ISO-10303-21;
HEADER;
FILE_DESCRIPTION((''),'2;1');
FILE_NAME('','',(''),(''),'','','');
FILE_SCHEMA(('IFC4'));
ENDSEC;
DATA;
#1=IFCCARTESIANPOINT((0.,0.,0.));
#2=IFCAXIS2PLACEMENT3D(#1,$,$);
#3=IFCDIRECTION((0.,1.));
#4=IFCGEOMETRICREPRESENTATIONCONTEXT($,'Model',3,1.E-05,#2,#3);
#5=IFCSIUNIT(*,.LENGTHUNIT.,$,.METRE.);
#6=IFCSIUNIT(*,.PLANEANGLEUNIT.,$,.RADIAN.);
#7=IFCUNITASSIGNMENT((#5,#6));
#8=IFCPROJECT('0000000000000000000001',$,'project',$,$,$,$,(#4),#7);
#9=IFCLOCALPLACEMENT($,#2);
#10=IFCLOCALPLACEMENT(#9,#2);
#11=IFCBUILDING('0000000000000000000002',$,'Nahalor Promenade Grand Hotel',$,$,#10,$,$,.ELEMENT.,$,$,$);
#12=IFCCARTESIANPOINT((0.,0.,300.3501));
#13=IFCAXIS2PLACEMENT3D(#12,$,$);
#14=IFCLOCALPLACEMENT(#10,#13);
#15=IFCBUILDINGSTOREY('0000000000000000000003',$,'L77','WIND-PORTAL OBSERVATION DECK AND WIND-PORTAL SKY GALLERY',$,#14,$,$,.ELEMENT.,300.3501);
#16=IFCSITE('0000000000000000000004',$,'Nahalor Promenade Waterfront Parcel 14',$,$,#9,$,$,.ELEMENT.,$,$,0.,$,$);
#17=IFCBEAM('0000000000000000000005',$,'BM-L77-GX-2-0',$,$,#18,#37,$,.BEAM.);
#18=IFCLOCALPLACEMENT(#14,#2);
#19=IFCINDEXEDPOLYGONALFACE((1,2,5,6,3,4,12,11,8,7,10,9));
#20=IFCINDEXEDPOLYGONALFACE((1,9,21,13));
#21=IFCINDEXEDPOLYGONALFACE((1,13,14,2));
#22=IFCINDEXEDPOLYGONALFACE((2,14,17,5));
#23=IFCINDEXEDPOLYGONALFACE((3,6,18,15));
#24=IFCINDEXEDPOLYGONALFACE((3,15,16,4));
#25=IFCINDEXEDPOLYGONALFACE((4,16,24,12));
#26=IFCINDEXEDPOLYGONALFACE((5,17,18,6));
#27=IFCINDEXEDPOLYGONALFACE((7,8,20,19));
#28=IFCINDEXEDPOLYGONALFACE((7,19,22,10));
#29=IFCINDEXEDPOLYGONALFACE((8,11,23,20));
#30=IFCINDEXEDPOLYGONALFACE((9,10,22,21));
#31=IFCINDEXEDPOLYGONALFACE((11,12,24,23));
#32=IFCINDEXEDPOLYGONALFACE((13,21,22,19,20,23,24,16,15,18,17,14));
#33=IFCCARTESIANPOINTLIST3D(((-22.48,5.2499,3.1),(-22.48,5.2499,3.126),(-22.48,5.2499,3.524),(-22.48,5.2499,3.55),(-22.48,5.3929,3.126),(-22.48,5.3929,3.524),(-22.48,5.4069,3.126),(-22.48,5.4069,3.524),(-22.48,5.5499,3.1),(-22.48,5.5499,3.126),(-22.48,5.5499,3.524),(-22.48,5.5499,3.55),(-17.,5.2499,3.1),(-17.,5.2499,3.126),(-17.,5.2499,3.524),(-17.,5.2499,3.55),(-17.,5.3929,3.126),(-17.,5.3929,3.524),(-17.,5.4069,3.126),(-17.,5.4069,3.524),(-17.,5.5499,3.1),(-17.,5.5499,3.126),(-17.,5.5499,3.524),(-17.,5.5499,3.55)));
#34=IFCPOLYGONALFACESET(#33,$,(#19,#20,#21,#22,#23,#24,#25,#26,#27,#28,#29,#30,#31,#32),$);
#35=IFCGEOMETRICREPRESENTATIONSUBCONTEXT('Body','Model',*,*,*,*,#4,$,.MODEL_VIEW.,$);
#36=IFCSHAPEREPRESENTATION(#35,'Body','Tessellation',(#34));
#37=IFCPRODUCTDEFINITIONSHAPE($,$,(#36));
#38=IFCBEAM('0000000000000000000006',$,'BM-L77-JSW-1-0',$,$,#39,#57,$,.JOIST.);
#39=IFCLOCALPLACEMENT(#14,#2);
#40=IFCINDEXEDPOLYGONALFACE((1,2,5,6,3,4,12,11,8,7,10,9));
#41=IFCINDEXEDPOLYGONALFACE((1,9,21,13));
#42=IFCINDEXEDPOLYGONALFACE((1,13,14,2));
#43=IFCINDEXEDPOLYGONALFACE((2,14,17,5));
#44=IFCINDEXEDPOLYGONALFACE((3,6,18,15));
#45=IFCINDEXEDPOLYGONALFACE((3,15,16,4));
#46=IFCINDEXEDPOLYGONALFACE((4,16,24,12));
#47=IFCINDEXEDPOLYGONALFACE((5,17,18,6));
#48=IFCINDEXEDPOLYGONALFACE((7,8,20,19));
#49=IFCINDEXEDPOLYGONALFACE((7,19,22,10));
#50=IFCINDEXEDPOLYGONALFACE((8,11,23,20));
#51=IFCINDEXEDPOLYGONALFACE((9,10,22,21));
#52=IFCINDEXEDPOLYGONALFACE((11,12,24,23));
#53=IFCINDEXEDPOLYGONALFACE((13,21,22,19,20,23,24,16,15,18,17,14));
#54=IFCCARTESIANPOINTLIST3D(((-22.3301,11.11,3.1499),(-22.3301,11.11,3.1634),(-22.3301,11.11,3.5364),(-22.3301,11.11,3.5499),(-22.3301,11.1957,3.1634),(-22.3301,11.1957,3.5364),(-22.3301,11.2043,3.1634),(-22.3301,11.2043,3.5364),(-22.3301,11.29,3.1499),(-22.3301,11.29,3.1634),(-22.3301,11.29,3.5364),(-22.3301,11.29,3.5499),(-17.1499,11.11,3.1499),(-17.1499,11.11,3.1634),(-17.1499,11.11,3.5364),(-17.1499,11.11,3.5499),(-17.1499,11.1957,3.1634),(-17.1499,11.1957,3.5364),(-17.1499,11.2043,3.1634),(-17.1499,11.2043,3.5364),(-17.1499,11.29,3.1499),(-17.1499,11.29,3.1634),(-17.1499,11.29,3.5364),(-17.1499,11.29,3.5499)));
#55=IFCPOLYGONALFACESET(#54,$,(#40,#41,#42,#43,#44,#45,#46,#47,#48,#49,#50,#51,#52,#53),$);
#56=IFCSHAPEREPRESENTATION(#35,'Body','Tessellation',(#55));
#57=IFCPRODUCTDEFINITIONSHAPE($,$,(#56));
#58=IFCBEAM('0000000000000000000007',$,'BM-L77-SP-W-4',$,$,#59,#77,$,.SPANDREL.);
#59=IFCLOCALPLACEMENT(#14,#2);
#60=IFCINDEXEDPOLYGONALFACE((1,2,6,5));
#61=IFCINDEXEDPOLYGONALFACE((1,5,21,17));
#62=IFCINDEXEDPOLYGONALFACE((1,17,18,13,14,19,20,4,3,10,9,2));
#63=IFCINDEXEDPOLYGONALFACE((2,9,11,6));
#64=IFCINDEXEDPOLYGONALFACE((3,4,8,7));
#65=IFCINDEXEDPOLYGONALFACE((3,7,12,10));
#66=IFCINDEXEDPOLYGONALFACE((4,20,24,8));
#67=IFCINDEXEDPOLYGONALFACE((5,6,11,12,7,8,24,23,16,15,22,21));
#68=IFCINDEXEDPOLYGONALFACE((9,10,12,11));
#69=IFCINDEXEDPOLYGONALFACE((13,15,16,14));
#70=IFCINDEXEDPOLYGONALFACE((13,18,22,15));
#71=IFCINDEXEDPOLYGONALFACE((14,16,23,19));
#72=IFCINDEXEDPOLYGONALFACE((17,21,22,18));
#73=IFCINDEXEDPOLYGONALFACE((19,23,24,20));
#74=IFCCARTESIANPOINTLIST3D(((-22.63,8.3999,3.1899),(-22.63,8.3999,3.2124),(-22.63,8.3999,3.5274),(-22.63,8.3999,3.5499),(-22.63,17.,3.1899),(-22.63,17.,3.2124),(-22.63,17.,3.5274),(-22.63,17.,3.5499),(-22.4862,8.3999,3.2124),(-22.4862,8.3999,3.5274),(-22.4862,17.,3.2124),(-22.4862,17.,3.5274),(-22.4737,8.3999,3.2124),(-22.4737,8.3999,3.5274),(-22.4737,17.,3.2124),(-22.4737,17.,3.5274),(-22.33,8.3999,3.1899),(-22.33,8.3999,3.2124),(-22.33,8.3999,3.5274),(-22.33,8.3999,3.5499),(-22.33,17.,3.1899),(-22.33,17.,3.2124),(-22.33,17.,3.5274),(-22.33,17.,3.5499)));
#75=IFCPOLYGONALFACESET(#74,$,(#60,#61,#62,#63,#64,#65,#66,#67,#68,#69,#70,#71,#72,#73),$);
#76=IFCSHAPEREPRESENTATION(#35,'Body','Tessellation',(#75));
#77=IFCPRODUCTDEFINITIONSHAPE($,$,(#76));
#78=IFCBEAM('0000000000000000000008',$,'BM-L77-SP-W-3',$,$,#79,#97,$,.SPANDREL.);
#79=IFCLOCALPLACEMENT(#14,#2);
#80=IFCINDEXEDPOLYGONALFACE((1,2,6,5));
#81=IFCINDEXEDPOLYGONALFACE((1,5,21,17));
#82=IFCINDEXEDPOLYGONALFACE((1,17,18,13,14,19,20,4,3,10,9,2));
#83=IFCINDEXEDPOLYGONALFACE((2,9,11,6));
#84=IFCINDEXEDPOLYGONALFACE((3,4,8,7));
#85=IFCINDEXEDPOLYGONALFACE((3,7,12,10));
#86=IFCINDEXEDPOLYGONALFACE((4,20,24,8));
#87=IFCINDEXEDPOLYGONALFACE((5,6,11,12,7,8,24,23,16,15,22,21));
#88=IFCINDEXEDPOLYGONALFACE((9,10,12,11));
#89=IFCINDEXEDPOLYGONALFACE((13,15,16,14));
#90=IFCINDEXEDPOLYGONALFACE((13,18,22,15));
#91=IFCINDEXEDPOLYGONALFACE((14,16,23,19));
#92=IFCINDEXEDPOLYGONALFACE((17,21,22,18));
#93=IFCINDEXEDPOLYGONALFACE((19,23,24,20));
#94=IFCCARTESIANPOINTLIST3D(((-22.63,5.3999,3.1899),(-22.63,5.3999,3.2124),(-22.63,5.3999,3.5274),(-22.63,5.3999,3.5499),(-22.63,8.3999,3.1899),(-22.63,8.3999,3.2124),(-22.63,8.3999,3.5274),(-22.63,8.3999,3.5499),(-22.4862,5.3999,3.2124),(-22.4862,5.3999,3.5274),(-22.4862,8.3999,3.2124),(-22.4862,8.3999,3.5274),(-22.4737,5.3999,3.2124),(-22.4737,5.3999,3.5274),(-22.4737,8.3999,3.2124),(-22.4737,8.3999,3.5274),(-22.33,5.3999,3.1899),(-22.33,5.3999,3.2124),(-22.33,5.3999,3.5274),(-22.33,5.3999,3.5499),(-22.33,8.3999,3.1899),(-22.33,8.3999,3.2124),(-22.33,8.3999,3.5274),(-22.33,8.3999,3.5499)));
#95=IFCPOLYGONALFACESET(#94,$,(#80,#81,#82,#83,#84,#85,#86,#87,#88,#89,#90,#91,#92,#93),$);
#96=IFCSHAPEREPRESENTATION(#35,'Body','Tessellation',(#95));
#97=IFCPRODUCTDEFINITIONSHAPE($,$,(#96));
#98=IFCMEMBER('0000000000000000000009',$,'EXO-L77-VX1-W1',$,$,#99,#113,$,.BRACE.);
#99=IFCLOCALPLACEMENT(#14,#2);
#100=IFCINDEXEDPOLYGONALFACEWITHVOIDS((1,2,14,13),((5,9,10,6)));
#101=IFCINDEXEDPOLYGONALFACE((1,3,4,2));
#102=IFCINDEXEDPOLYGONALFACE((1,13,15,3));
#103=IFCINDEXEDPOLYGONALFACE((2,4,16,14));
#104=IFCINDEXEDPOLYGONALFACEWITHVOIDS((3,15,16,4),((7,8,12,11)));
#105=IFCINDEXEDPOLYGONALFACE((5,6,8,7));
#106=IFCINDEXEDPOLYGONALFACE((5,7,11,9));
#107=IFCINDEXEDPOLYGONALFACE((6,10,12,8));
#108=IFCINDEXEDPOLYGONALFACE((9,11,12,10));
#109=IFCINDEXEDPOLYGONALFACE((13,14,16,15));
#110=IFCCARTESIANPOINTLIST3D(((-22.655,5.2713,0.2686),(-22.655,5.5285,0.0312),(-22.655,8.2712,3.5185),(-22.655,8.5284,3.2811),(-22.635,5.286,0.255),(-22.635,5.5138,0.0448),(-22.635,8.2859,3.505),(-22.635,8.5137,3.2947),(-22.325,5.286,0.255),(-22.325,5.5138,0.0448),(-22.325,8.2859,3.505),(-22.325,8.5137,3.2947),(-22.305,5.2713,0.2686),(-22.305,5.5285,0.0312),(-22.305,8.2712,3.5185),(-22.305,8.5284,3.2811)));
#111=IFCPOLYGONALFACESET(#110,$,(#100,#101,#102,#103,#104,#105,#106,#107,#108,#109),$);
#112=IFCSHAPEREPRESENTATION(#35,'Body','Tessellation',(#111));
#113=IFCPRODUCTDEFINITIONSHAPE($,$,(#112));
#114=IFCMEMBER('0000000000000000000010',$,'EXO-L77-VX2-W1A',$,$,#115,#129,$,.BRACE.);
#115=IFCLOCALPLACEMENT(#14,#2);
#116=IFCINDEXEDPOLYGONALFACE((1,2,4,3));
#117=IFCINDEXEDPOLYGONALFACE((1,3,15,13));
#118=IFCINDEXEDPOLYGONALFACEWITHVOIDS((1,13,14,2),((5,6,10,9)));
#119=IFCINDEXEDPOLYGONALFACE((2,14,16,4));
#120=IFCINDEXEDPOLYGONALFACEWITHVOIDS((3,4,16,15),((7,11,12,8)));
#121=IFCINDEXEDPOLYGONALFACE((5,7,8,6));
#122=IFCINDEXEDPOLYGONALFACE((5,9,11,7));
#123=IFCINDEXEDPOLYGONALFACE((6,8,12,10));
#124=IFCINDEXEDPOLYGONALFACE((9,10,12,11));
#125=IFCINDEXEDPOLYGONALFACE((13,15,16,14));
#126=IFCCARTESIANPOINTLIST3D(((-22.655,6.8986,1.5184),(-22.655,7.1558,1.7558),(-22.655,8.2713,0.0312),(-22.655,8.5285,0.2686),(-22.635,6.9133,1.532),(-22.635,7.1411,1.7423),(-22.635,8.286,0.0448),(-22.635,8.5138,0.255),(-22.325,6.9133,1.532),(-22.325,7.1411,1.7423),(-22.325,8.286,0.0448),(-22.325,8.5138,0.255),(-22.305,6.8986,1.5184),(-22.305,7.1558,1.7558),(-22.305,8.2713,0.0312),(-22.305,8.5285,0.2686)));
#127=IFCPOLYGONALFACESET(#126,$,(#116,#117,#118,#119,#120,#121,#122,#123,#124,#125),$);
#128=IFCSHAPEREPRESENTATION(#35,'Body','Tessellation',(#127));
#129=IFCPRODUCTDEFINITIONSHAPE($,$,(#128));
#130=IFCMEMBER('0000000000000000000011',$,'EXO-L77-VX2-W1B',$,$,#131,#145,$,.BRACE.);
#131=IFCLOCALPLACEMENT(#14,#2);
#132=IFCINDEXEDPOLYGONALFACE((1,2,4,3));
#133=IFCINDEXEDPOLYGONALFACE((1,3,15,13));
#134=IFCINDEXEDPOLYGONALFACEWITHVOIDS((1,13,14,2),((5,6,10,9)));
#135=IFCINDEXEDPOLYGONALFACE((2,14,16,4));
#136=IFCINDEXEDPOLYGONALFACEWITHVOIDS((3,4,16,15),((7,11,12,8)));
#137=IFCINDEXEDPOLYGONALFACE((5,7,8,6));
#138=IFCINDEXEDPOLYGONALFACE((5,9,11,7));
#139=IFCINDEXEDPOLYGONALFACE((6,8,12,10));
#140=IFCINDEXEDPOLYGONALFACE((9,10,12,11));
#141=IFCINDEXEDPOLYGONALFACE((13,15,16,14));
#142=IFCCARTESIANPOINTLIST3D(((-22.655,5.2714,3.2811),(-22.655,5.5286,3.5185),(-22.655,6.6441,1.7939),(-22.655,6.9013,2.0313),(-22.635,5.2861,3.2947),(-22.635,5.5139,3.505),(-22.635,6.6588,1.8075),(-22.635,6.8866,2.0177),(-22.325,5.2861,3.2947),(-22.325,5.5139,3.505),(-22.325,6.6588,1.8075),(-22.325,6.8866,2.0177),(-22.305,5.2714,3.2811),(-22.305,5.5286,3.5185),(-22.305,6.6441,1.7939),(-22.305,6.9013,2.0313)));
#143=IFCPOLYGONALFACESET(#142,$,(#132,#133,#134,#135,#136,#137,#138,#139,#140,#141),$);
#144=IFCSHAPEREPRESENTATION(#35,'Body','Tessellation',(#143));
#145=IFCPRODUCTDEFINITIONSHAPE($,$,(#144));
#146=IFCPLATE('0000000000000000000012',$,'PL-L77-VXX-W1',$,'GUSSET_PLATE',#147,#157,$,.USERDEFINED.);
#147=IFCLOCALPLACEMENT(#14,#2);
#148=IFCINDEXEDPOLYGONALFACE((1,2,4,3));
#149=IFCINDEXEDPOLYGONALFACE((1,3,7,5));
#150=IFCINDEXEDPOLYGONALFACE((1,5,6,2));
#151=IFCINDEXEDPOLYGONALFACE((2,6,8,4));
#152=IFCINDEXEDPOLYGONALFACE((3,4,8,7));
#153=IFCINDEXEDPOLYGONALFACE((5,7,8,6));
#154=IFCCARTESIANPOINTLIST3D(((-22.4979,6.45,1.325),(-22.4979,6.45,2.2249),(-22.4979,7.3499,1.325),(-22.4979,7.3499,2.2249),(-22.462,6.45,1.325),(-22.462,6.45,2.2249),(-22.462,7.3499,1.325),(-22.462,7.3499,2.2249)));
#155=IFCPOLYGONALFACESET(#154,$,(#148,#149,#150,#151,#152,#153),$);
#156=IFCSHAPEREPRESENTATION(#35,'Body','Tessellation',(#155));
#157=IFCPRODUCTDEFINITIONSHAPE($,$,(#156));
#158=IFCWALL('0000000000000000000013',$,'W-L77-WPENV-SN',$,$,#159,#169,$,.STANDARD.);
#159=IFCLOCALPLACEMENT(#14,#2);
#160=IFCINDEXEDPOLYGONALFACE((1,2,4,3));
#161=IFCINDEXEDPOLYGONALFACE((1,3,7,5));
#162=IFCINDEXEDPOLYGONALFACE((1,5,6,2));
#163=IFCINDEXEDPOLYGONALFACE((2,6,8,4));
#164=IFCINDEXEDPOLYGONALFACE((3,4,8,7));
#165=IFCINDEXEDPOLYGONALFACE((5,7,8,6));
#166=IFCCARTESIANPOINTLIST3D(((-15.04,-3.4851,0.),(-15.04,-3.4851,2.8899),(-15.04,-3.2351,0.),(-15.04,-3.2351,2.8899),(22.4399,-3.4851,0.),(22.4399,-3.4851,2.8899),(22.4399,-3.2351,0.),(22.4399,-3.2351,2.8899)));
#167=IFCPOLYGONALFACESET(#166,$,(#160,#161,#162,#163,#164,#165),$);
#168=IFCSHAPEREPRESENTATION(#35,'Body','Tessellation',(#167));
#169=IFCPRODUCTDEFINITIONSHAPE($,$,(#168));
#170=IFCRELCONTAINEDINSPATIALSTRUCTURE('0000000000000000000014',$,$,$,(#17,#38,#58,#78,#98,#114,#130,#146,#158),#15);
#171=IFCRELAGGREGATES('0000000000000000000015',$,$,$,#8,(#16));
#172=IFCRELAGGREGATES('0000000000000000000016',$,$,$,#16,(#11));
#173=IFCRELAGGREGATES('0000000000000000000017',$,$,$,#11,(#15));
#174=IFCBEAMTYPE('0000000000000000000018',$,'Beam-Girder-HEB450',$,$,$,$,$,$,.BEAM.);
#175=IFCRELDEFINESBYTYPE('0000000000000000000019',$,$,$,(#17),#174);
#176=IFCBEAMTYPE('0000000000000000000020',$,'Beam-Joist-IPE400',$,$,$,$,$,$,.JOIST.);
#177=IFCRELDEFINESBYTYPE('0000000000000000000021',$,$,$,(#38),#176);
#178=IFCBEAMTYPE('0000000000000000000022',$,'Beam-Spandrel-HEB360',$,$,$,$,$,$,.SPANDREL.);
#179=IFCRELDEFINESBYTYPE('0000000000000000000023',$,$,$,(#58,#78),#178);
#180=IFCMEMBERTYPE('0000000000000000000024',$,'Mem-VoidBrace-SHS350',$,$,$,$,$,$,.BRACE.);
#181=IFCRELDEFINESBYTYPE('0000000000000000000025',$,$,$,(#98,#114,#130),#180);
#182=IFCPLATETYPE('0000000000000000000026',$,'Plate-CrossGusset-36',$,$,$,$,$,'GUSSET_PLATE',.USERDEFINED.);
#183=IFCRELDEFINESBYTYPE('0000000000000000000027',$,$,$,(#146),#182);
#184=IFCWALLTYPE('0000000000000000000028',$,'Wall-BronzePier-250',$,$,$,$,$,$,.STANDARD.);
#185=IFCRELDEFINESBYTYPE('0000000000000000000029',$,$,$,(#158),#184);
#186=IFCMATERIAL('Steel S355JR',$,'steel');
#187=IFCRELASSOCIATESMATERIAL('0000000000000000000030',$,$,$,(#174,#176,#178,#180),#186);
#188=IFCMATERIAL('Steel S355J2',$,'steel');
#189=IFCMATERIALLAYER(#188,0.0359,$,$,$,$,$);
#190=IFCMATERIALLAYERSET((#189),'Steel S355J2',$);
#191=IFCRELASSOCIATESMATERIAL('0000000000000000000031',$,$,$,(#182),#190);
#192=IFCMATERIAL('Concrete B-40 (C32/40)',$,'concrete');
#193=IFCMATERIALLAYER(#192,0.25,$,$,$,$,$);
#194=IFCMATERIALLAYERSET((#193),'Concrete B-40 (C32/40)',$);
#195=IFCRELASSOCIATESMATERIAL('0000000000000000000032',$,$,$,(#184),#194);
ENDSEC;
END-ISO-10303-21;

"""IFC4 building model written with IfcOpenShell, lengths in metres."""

from ifc_helpers import new_model, si_unit, direction, frame, frame_2d, origin, origin_2d, place, context, subcontext, project, spatial, rectangle, hollow_rectangle, i_section, extrude, source, transform, mapped, material, layer, layer_set, material_profile, profile_set, type_object, element, save


model = new_model("IFC4")

# Units and contexts
model_context = context("Model", 3, precision=1e-05, world=origin(), true_north=direction((0.0, 1.0)))
body_context = subcontext(model_context, "Body", "Model", "MODEL_VIEW")
ifc_project = project(units=[si_unit("LENGTHUNIT", "METRE"), si_unit("PLANEANGLEUNIT", "RADIAN")], contexts=[model_context])

# Site, building, storey
site_placement = place(None, origin())
site = spatial("IfcSite", under=ifc_project, at=site_placement, Name="Nahalor Promenade Waterfront Parcel 14", CompositionType="ELEMENT", RefElevation=0.0)
building_placement = place(site_placement, origin())
building = spatial("IfcBuilding", under=site, at=building_placement, Name="Nahalor Promenade Grand Hotel", CompositionType="ELEMENT")
storey_placement = place(building_placement, frame((0.0, 0.0, 300.3501)))
storey = spatial("IfcBuildingStorey", under=building, at=storey_placement, Name="L77", Description="WIND-PORTAL OBSERVATION DECK AND WIND-PORTAL SKY GALLERY", CompositionType="ELEMENT", Elevation=300.3501)

# Shared definitions
ifc_material_1 = material(Name="Steel S355JR", Category="steel")

# Beams
ifc_material_profile_1 = material_profile(ifc_material_1, i_section(OverallWidth=0.3, OverallDepth=0.45, WebThickness=0.014, FlangeThickness=0.026, at=origin_2d()), Name="HEB 450")
ifc_profile_set_1 = profile_set([ifc_material_profile_1], Name="Steel S355JR")
beam_type_1 = type_object("IfcBeamType", Name="Beam-Girder-HEB450", PredefinedType="BEAM", material=ifc_profile_set_1)
ifc_material_profile_2 = material_profile(ifc_material_1, i_section(OverallWidth=0.18, OverallDepth=0.4, WebThickness=0.0086, FlangeThickness=0.0135, at=origin_2d()), Name="IPE 400")
ifc_profile_set_2 = profile_set([ifc_material_profile_2], Name="Steel S355JR")
beam_type_2 = type_object("IfcBeamType", Name="Beam-Joist-IPE400", PredefinedType="JOIST", material=ifc_profile_set_2)
shared_shape_1 = source(origin(), body_context, "Body", "SweptSolid", [
    extrude(i_section(OverallWidth=0.3, OverallDepth=0.45, WebThickness=0.014, FlangeThickness=0.026, at=origin_2d()), origin(), (0.0, 0.0, 1.0), 5.48),
])
beam_1_placement = place(storey_placement, frame((-22.48, 5.3999, 3.325), z_axis=(1.0, 0.0, 0.0), x_axis=(0.0, 1.0, 0.0)))
element("IfcBeam", 1, at=beam_1_placement, inside=storey, type_object=beam_type_1, Name="BM-L77-GX-2-0", PredefinedType="BEAM", context=body_context, shape_type="MappedRepresentation", body=[
    mapped(shared_shape_1, transform((0.0, 0.0, 0.0), scale=1.0)),
])
shared_shape_2 = source(origin(), body_context, "Body", "SweptSolid", [
    extrude(i_section(OverallWidth=0.18, OverallDepth=0.4, WebThickness=0.0086, FlangeThickness=0.0135, at=origin_2d()), origin(), (0.0, 0.0, 1.0), 5.1802),
])
beam_2_placement = place(storey_placement, frame((-22.3301, 11.2, 3.3499), z_axis=(1.0, 0.0, 0.0), x_axis=(0.0, 1.0, 0.0)))
element("IfcBeam", 2, at=beam_2_placement, inside=storey, type_object=beam_type_2, Name="BM-L77-JSW-1-0", PredefinedType="JOIST", context=body_context, shape_type="MappedRepresentation", body=[
    mapped(shared_shape_2, transform((0.0, 0.0, 0.0), scale=1.0)),
])
ifc_material_profile_3 = material_profile(ifc_material_1, i_section(OverallWidth=0.3, OverallDepth=0.36, WebThickness=0.0125, FlangeThickness=0.0225, at=origin_2d()), Name="HEB 360")
ifc_profile_set_3 = profile_set([ifc_material_profile_3], Name="Steel S355JR")
beam_type_3 = type_object("IfcBeamType", Name="Beam-Spandrel-HEB360", PredefinedType="SPANDREL", material=ifc_profile_set_3)
shared_shape_3 = source(origin(), body_context, "Body", "SweptSolid", [
    extrude(i_section(OverallWidth=0.3, OverallDepth=0.36, WebThickness=0.0125, FlangeThickness=0.0225, at=origin_2d()), origin(), (0.0, 0.0, 1.0), 8.6001),
])
beam_3_placement = place(storey_placement, frame((-22.48, 8.3999, 3.3699), z_axis=(0.0, 1.0, 0.0), x_axis=(-1.0, 0.0, 0.0)))
element("IfcBeam", 3, at=beam_3_placement, inside=storey, type_object=beam_type_3, Name="BM-L77-SP-W-4", PredefinedType="SPANDREL", context=body_context, shape_type="MappedRepresentation", body=[
    mapped(shared_shape_3, transform((0.0, 0.0, 0.0), scale=1.0)),
])
shared_shape_4 = source(origin(), body_context, "Body", "SweptSolid", [
    extrude(i_section(OverallWidth=0.3, OverallDepth=0.36, WebThickness=0.0125, FlangeThickness=0.0225, at=origin_2d()), origin(), (0.0, 0.0, 1.0), 3.0),
])
beam_4_placement = place(storey_placement, frame((-22.48, 5.3999, 3.3699), z_axis=(0.0, 1.0, 0.0), x_axis=(-1.0, 0.0, 0.0)))
element("IfcBeam", 4, at=beam_4_placement, inside=storey, type_object=beam_type_3, Name="BM-L77-SP-W-3", PredefinedType="SPANDREL", context=body_context, shape_type="MappedRepresentation", body=[
    mapped(shared_shape_4, transform((0.0, 0.0, 0.0), scale=1.0)),
])

# Members
ifc_material_profile_4 = material_profile(ifc_material_1, hollow_rectangle(XDim=0.35, YDim=0.35, WallThickness=0.02, at=origin_2d()), Name="SHS 350x350x20")
ifc_profile_set_4 = profile_set([ifc_material_profile_4], Name="Steel S355JR")
member_type = type_object("IfcMemberType", Name="Mem-VoidBrace-SHS350", PredefinedType="BRACE", material=ifc_profile_set_4)
shared_shape_5 = source(origin(), body_context, "Body", "SweptSolid", [
    extrude(hollow_rectangle(XDim=0.35, YDim=0.35, WallThickness=0.02, at=origin_2d()), origin(), (0.0, 0.0, 1.0), 4.4229),
])
member_placement = place(storey_placement, frame((-22.48, 5.3999, 0.1499), z_axis=(0.0, 0.67828, 0.734803), x_axis=(-1.0, 0.0, 0.0)))
element("IfcMember", 5, at=member_placement, inside=storey, type_object=member_type, Name="EXO-L77-VX1-W1", PredefinedType="BRACE", context=body_context, shape_type="MappedRepresentation", body=[
    mapped(shared_shape_5, transform((0.0, 0.0, 0.0), scale=1.0)),
])
shared_shape_6 = source(origin(), body_context, "Body", "SweptSolid", [
    extrude(hollow_rectangle(XDim=0.35, YDim=0.35, WallThickness=0.02, at=origin_2d()), origin(), (0.0, 0.0, 1.0), 2.0239),
])
for number, where, z_axis, x_axis, name in (
    (6, (-22.48, 8.3999, 0.1499), (0.0, -0.678255, 0.734827), (1.0, 0.0, 0.0), "EXO-L77-VX2-W1A"),
    (7, (-22.48, 6.7727, 1.9126), (0.0, -0.678255, 0.734827), (1.0, 0.0, 0.0), "EXO-L77-VX2-W1B"),
):
    element("IfcMember", number, at=place(storey_placement, frame(where, z_axis=z_axis, x_axis=x_axis)), inside=storey, type_object=member_type, Name=name, PredefinedType="BRACE", context=body_context, shape_type="MappedRepresentation", body=[
        mapped(shared_shape_6, transform((0.0, 0.0, 0.0), scale=1.0)),
    ])

# Plate
ifc_material_2 = material(Name="Steel S355J2", Category="steel")
ifc_layer_1 = layer(ifc_material_2, 0.0359)
ifc_layer_set_1 = layer_set([ifc_layer_1], Name="Steel S355J2")
plate_type = type_object("IfcPlateType", Name="Plate-CrossGusset-36", ElementType="GUSSET_PLATE", PredefinedType="USERDEFINED", material=ifc_layer_set_1)
shared_shape_7 = source(origin(), body_context, "Body", "SweptSolid", [
    extrude(rectangle(XDim=0.8999, YDim=0.0359, at=origin_2d()), origin(), (0.0, 0.0, 1.0), 0.8999),
])
plate_placement = place(storey_placement, frame((-22.48, 6.8999, 1.325), z_axis=(0.0, 0.0, 1.0), x_axis=(0.0, 1.0, 0.0)))
element("IfcPlate", 8, at=plate_placement, inside=storey, type_object=plate_type, Name="PL-L77-VXX-W1", ObjectType="GUSSET_PLATE", PredefinedType="USERDEFINED", context=body_context, shape_type="MappedRepresentation", body=[
    mapped(shared_shape_7, transform((0.0, 0.0, 0.0), scale=1.0)),
])

# Wall
ifc_material_3 = material(Name="Concrete B-40 (C32/40)", Category="concrete")
ifc_layer_2 = layer(ifc_material_3, 0.25)
ifc_layer_set_2 = layer_set([ifc_layer_2], Name="Concrete B-40 (C32/40)")
wall_type_1 = type_object("IfcWallType", Name="Wall-BronzePier-250", PredefinedType="STANDARD", material=ifc_layer_set_2)
shared_shape_8 = source(origin(), body_context, "Body", "SweptSolid", [
    extrude(rectangle(XDim=37.48, YDim=0.25, at=frame_2d((18.74, 0.0))), origin(), (0.0, 0.0, 1.0), 2.8899),
])
wall_1_placement = place(storey_placement, frame((-15.04, -3.3601, 0.0), z_axis=(0.0, 0.0, 1.0), x_axis=(1.0, 0.0, 0.0)))
element("IfcWall", 9, at=wall_1_placement, inside=storey, type_object=wall_type_1, Name="W-L77-WPENV-SN", PredefinedType="STANDARD", context=body_context, shape_type="MappedRepresentation", body=[
    mapped(shared_shape_8, transform((0.0, 0.0, 0.0), scale=1.0)),
])

save(model, "model.ifc")
